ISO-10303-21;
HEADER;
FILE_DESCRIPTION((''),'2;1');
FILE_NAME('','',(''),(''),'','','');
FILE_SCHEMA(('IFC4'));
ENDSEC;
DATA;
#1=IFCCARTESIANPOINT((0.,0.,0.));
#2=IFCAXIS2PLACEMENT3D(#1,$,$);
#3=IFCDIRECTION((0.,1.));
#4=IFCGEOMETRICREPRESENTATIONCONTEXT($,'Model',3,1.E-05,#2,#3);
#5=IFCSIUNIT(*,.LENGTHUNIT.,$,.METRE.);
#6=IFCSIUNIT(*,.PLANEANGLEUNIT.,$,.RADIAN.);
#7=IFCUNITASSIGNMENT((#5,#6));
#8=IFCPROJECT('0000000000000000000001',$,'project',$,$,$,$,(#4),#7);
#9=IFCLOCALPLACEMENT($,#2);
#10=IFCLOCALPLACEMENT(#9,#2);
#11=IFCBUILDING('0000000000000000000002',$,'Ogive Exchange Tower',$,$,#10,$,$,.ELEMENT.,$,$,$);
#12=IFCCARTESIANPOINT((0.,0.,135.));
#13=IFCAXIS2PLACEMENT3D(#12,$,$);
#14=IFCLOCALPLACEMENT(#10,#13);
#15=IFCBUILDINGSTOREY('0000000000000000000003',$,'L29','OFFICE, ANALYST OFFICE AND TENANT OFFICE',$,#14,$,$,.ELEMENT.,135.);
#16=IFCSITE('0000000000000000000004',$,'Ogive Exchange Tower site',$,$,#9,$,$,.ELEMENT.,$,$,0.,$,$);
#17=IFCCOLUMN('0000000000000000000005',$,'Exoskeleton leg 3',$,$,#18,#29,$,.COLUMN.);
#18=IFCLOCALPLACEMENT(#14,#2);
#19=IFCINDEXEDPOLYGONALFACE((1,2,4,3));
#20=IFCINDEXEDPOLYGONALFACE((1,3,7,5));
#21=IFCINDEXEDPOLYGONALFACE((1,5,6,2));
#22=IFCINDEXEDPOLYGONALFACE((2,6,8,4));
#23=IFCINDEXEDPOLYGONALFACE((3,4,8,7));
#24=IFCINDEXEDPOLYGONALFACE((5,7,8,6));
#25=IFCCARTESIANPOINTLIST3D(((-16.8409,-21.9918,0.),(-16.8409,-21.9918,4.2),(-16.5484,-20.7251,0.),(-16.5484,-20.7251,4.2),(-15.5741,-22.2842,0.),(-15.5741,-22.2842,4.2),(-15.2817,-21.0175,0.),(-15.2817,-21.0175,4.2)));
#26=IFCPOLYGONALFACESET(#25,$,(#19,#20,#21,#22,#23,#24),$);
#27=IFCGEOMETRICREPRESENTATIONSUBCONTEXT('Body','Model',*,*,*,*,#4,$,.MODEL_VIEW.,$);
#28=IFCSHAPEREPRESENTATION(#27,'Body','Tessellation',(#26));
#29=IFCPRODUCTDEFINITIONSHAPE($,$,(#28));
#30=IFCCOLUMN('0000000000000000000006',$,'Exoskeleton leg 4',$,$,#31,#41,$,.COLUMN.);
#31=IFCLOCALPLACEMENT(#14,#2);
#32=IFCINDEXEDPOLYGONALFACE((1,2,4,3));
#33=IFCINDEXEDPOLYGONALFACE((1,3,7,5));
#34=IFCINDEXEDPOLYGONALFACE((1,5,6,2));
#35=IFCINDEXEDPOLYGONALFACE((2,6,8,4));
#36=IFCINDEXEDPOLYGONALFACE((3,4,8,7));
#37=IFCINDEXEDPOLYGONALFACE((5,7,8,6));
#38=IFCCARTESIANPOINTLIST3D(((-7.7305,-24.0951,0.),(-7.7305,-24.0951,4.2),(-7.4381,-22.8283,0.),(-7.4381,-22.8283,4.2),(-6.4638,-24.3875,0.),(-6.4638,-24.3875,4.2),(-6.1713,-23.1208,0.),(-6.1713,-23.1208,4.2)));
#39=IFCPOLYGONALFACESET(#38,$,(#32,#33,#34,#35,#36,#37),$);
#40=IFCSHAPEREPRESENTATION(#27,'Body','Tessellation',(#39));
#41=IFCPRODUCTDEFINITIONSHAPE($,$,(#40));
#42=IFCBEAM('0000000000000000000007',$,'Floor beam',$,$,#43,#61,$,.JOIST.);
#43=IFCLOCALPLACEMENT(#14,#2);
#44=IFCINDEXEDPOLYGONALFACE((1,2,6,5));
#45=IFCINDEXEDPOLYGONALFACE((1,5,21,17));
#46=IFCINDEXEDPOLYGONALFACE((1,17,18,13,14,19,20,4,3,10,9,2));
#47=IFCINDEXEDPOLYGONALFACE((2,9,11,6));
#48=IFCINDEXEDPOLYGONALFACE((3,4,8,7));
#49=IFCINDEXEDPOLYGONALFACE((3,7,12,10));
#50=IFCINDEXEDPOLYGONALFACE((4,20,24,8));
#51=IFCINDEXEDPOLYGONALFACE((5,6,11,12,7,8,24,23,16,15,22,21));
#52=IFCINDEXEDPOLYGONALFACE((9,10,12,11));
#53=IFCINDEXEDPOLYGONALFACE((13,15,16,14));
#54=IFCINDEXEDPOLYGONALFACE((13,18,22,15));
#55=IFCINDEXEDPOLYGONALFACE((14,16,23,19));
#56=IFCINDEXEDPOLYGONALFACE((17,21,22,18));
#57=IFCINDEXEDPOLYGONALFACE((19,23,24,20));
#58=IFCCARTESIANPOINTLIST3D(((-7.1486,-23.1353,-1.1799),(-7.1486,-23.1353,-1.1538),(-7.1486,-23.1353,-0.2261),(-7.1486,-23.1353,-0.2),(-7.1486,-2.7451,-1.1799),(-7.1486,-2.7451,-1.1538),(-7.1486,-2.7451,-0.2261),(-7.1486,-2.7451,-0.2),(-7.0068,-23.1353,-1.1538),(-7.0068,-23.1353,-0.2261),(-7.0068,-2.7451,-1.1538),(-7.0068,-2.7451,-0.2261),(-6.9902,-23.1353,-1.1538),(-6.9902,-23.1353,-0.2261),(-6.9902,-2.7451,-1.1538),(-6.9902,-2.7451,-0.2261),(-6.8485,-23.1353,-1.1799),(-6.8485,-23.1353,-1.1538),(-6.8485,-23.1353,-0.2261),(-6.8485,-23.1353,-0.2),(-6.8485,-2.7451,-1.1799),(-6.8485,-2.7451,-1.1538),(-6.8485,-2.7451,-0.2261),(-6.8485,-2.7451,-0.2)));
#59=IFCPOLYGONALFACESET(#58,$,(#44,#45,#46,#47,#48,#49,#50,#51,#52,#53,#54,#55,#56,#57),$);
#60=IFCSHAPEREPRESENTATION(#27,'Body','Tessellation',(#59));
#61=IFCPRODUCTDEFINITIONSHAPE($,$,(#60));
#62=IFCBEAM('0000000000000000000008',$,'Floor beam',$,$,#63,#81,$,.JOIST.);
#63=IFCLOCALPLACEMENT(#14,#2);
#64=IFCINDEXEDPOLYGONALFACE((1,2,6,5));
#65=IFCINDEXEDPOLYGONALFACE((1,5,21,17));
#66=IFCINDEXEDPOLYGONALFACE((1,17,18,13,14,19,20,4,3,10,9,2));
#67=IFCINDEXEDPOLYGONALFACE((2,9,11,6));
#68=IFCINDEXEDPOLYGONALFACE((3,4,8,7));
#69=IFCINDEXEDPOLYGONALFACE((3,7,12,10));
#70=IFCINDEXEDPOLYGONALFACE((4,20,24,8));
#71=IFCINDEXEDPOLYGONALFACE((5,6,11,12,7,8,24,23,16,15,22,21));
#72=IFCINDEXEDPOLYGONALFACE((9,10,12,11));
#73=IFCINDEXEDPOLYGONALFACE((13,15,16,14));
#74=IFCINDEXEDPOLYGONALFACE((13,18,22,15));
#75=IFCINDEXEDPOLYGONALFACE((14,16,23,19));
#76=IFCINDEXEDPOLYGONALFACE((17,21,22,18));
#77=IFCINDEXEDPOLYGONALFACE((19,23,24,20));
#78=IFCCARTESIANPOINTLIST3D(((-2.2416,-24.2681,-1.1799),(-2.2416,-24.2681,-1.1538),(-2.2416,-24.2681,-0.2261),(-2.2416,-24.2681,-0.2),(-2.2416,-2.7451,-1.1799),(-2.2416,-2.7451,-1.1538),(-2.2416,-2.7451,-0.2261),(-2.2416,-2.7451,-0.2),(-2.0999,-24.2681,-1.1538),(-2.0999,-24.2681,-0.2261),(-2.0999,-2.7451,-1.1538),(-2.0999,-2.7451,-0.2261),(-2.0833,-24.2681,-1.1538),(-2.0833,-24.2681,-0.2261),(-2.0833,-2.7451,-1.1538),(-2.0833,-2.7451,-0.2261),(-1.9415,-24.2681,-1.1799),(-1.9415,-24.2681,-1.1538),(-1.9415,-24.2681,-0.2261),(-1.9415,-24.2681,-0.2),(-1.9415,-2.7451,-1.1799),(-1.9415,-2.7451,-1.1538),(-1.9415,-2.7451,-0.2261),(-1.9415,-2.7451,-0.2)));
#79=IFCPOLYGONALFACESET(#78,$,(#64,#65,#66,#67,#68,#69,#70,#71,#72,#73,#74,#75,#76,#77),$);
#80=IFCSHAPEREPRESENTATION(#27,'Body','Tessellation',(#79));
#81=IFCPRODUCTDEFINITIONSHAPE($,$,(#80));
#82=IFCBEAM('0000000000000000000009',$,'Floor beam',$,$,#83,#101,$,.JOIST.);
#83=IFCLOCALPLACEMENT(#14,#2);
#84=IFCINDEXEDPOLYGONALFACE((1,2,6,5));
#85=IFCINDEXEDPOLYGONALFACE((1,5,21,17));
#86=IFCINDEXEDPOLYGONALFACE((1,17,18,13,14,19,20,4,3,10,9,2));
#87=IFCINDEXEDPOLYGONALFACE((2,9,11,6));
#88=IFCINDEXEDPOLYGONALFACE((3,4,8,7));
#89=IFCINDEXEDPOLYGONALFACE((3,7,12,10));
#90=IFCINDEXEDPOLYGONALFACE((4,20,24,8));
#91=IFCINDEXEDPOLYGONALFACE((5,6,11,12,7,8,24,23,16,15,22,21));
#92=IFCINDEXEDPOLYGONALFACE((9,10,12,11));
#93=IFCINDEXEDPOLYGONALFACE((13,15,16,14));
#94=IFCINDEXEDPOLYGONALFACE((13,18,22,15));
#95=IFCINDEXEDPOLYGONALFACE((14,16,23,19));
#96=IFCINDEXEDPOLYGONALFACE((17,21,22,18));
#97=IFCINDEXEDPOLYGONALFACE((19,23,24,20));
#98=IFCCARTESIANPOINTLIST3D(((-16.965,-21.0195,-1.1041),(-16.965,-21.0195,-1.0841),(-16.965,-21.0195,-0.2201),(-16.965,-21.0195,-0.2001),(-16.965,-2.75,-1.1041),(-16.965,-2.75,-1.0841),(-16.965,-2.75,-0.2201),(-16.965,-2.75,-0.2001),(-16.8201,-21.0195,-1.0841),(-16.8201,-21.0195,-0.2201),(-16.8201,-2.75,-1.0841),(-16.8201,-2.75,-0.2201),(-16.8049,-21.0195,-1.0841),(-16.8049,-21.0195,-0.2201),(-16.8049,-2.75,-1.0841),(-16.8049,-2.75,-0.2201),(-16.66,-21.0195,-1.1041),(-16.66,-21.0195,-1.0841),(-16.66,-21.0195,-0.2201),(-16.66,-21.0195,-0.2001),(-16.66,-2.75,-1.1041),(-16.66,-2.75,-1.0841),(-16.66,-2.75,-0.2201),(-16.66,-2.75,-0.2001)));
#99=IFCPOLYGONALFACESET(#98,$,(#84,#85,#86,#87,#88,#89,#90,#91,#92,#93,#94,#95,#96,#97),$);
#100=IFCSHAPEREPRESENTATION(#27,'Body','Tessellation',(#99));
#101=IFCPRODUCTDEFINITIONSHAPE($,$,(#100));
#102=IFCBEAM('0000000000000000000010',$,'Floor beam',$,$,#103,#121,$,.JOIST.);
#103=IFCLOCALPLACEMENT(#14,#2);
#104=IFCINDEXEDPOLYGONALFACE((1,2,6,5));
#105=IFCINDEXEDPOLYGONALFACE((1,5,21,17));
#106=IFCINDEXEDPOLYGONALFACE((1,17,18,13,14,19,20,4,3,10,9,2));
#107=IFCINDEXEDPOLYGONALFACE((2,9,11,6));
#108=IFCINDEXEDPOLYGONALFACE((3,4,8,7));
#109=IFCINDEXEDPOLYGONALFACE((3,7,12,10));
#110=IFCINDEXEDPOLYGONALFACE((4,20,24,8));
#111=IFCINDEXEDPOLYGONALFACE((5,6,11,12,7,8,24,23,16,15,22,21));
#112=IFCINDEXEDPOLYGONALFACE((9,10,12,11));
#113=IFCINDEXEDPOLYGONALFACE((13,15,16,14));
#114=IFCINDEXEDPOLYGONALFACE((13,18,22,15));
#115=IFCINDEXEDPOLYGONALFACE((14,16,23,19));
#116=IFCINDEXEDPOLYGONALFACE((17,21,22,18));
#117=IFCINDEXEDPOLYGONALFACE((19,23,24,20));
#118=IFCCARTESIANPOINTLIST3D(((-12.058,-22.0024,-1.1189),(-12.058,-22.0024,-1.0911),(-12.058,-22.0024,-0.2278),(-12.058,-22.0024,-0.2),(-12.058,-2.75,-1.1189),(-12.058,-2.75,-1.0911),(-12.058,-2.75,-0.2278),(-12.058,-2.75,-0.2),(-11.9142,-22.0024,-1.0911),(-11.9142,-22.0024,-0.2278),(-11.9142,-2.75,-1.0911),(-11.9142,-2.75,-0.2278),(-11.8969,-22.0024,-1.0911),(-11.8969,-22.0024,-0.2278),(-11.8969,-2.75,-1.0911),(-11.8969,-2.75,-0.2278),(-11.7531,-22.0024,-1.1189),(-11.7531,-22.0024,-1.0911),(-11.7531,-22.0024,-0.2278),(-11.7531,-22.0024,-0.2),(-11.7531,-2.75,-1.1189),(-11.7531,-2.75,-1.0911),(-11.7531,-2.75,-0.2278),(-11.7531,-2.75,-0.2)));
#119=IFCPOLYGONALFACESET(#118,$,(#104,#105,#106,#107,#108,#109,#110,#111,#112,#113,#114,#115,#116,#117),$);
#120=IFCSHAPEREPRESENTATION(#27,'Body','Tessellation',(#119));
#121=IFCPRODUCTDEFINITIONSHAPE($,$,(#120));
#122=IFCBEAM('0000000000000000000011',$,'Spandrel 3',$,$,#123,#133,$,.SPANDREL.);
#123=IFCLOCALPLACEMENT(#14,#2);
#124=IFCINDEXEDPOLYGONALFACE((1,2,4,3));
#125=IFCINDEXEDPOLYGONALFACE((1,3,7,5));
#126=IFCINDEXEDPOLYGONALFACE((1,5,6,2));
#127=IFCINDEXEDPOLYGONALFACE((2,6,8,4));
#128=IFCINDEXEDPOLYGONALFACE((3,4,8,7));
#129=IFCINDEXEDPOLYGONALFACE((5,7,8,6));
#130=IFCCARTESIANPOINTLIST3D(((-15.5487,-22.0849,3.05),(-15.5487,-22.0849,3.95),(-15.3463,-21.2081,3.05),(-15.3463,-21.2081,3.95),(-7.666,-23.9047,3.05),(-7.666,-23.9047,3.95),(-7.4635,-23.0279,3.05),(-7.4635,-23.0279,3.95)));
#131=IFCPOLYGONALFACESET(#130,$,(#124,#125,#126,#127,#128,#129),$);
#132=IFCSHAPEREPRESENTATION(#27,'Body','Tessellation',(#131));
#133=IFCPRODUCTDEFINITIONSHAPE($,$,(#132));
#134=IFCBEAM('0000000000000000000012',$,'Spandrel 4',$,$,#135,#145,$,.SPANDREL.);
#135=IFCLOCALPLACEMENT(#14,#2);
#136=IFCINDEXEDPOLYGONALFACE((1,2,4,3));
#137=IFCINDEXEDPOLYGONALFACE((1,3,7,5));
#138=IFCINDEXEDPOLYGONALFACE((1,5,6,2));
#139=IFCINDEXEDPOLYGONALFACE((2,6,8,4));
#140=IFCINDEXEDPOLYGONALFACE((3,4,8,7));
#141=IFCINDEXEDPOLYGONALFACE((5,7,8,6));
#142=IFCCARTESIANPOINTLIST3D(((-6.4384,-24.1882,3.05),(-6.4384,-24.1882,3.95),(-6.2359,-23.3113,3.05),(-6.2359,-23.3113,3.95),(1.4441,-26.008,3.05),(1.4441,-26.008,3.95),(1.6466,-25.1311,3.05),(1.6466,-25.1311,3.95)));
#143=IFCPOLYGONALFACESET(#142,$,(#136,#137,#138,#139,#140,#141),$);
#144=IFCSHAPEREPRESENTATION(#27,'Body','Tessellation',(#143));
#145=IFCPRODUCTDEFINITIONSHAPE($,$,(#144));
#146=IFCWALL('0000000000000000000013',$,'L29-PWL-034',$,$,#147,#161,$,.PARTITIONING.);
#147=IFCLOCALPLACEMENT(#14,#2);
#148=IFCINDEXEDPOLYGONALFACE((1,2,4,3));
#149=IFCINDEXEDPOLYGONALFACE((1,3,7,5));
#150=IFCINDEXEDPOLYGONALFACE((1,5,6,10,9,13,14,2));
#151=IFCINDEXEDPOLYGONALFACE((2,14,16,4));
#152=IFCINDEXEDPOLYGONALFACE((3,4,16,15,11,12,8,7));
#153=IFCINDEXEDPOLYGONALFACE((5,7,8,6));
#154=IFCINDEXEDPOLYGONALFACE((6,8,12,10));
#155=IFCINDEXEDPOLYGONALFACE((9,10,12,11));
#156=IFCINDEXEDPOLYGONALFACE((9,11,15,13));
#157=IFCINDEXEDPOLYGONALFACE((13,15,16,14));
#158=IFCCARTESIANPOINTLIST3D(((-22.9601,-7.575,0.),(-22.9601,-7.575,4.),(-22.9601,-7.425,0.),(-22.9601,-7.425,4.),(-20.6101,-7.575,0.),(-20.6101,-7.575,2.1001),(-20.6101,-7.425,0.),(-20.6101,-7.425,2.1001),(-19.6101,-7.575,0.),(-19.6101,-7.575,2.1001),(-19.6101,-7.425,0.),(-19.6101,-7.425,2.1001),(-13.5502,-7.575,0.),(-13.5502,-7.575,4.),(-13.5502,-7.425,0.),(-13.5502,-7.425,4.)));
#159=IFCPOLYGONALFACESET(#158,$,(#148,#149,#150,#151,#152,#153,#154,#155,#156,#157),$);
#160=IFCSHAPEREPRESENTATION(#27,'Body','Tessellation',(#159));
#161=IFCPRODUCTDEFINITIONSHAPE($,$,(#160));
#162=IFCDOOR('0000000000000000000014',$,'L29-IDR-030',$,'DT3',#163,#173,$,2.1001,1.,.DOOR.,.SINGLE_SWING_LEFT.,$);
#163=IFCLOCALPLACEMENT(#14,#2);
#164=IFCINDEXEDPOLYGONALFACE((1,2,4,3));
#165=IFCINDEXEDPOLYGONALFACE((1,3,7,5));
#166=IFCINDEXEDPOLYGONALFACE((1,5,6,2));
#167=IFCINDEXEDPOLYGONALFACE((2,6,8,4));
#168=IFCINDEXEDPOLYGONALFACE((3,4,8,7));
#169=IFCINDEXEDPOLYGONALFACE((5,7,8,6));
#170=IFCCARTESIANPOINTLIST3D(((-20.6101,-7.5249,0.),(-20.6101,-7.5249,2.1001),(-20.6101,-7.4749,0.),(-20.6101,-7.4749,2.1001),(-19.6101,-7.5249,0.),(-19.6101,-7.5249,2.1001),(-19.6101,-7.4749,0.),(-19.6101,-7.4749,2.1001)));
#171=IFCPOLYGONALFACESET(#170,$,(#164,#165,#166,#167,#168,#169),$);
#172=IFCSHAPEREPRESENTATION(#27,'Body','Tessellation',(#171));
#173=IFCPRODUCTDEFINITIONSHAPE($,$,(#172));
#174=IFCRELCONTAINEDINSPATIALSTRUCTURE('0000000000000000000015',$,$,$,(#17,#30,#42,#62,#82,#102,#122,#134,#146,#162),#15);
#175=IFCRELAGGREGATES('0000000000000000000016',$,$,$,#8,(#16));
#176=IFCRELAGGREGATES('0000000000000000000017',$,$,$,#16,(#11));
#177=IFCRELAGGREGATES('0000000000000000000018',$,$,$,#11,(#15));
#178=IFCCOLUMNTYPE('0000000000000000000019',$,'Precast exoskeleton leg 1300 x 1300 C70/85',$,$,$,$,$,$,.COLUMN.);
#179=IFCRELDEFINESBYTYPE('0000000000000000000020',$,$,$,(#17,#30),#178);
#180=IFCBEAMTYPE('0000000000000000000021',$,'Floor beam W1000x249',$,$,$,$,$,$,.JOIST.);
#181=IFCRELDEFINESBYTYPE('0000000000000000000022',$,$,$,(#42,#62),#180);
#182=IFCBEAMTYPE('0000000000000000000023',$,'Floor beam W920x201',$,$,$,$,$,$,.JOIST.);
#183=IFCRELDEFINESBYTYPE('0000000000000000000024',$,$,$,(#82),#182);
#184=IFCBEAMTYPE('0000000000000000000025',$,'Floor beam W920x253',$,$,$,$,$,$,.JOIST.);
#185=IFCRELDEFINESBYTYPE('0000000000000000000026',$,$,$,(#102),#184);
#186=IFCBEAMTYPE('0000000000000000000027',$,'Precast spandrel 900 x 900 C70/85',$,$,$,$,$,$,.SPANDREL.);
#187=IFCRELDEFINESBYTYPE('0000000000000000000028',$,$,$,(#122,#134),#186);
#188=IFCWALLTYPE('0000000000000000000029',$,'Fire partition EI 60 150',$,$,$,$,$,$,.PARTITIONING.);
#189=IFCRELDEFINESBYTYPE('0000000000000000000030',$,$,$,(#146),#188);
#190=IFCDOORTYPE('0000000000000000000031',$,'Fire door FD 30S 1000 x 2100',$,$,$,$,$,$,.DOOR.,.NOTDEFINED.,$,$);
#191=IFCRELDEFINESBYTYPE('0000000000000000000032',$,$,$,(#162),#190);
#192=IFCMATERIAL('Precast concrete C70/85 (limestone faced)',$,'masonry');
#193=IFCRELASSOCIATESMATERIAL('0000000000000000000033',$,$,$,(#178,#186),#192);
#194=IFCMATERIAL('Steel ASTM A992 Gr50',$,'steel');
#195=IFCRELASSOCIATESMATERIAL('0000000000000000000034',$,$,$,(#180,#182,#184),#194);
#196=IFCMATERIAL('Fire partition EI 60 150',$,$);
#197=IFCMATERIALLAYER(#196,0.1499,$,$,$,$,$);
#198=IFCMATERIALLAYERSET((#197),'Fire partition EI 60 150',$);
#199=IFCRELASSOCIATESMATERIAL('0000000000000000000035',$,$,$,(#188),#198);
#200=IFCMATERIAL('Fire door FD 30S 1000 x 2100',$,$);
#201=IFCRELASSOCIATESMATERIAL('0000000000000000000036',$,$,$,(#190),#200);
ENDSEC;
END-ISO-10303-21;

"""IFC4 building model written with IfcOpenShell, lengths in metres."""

from ifc_helpers import new_model, si_unit, direction, frame, frame_2d, origin, origin_2d, place, context, subcontext, project, spatial, rectangle, i_section, extrude, material, layer, layer_set, material_profile, profile_set, type_object, element, fill, save


model = new_model("IFC4")

# Units and contexts
model_context = context("Model", 3, precision=1e-05, world=origin(), true_north=direction((0.0, 1.0)))
body_context = subcontext(model_context, "Body", "Model", "MODEL_VIEW")
ifc_project = project(units=[si_unit("LENGTHUNIT", "METRE"), si_unit("PLANEANGLEUNIT", "RADIAN")], contexts=[model_context])

# Site, building, storey
site_placement = place(None, origin())
site = spatial("IfcSite", under=ifc_project, at=site_placement, Name="Ogive Exchange Tower site", CompositionType="ELEMENT", RefElevation=0.0)
building_placement = place(site_placement, origin())
building = spatial("IfcBuilding", under=site, at=building_placement, Name="Ogive Exchange Tower", CompositionType="ELEMENT")
storey_placement = place(building_placement, frame((0.0, 0.0, 135.0)))
storey = spatial("IfcBuildingStorey", under=building, at=storey_placement, Name="L29", Description="OFFICE, ANALYST OFFICE AND TENANT OFFICE", CompositionType="ELEMENT", Elevation=135.0)

# Columns
ifc_material_1 = material(Name="Precast concrete C70/85 (limestone faced)", Category="masonry")
ifc_material_profile_1 = material_profile(ifc_material_1, rectangle(XDim=1.3, YDim=1.3, at=origin_2d()), Name="1300 x 1300")
ifc_profile_set_1 = profile_set([ifc_material_profile_1], Name="Precast concrete C70/85 (limestone faced)")
column_type = type_object("IfcColumnType", Name="Precast exoskeleton leg 1300 x 1300 C70/85", PredefinedType="COLUMN", material=ifc_profile_set_1)
for number, where, z_axis, x_axis, name in (
    (1, (-16.0613, -21.5046, 0.0), (0.0, 0.0, 1.0), (0.97437, -0.224951, 0.0), "Exoskeleton leg 3"),
    (2, (-6.9509, -23.6079, 0.0), (0.0, 0.0, 1.0), (0.97437, -0.224951, 0.0), "Exoskeleton leg 4"),
):
    element("IfcColumn", number, at=place(storey_placement, frame(where, z_axis=z_axis, x_axis=x_axis)), inside=storey, type_object=column_type, Name=name, PredefinedType="COLUMN", context=body_context, shape_type="SweptSolid", body=[
        extrude(rectangle(XDim=1.3, YDim=1.3, at=origin_2d()), origin(), (0.0, 0.0, 1.0), 4.2),
    ])

# Beams
ifc_material_2 = material(Name="Steel ASTM A992 Gr50", Category="steel")
ifc_material_profile_2 = material_profile(ifc_material_2, i_section(OverallWidth=0.3, OverallDepth=0.98, WebThickness=0.0166, FlangeThickness=0.0261, at=origin_2d()), Name="W1000x249")
ifc_profile_set_2 = profile_set([ifc_material_profile_2], Name="Steel ASTM A992 Gr50")
beam_type_1 = type_object("IfcBeamType", Name="Floor beam W1000x249", PredefinedType="JOIST", material=ifc_profile_set_2)
beam_1_placement = place(storey_placement, frame((-6.9985, -23.1353, -0.6899), z_axis=(0.0, 1.0, 0.0), x_axis=(-1.0, 0.0, 0.0)))
element("IfcBeam", 3, at=beam_1_placement, inside=storey, type_object=beam_type_1, Name="Floor beam", PredefinedType="JOIST", context=body_context, shape_type="SweptSolid", body=[
    extrude(i_section(OverallWidth=0.3, OverallDepth=0.98, WebThickness=0.0166, FlangeThickness=0.0261, at=origin_2d()), origin(), (0.0, 0.0, 1.0), 20.3901),
])
beam_2_placement = place(storey_placement, frame((-2.0916, -24.2681, -0.6899), z_axis=(0.0, 1.0, 0.0), x_axis=(-1.0, 0.0, 0.0)))
element("IfcBeam", 4, at=beam_2_placement, inside=storey, type_object=beam_type_1, Name="Floor beam", PredefinedType="JOIST", context=body_context, shape_type="SweptSolid", body=[
    extrude(i_section(OverallWidth=0.3, OverallDepth=0.98, WebThickness=0.0166, FlangeThickness=0.0261, at=origin_2d()), origin(), (0.0, 0.0, 1.0), 21.5229),
])
ifc_material_profile_3 = material_profile(ifc_material_2, i_section(OverallWidth=0.3049, OverallDepth=0.9041, WebThickness=0.0151, FlangeThickness=0.02, at=origin_2d()), Name="W920x201")
ifc_profile_set_3 = profile_set([ifc_material_profile_3], Name="Steel ASTM A992 Gr50")
beam_type_2 = type_object("IfcBeamType", Name="Floor beam W920x201", PredefinedType="JOIST", material=ifc_profile_set_3)
beam_3_placement = place(storey_placement, frame((-16.8125, -21.0195, -0.6521), z_axis=(0.0, 1.0, 0.0), x_axis=(-1.0, 0.0, 0.0)))
element("IfcBeam", 5, at=beam_3_placement, inside=storey, type_object=beam_type_2, Name="Floor beam", PredefinedType="JOIST", context=body_context, shape_type="SweptSolid", body=[
    extrude(i_section(OverallWidth=0.3049, OverallDepth=0.9041, WebThickness=0.0151, FlangeThickness=0.02, at=origin_2d()), origin(), (0.0, 0.0, 1.0), 18.2695),
])
ifc_material_profile_4 = material_profile(ifc_material_2, i_section(OverallWidth=0.3049, OverallDepth=0.9189, WebThickness=0.0173, FlangeThickness=0.0278, at=origin_2d()), Name="W920x253")
ifc_profile_set_4 = profile_set([ifc_material_profile_4], Name="Steel ASTM A992 Gr50")
beam_type_3 = type_object("IfcBeamType", Name="Floor beam W920x253", PredefinedType="JOIST", material=ifc_profile_set_4)
beam_4_placement = place(storey_placement, frame((-11.9055, -22.0024, -0.6594), z_axis=(0.0, 1.0, 0.0), x_axis=(-1.0, 0.0, 0.0)))
element("IfcBeam", 6, at=beam_4_placement, inside=storey, type_object=beam_type_3, Name="Floor beam", PredefinedType="JOIST", context=body_context, shape_type="SweptSolid", body=[
    extrude(i_section(OverallWidth=0.3049, OverallDepth=0.9189, WebThickness=0.0173, FlangeThickness=0.0278, at=origin_2d()), origin(), (0.0, 0.0, 1.0), 19.2524),
])
ifc_material_profile_5 = material_profile(ifc_material_1, rectangle(XDim=0.8999, YDim=0.8999, at=origin_2d()), Name="900 x 900")
ifc_profile_set_5 = profile_set([ifc_material_profile_5], Name="Precast concrete C70/85 (limestone faced)")
beam_type_4 = type_object("IfcBeamType", Name="Precast spandrel 900 x 900 C70/85", PredefinedType="SPANDREL", material=ifc_profile_set_5)
beam_5_placement = place(storey_placement, frame((-15.4475, -21.6465, 3.5), z_axis=(0.974372, -0.224943, 0.0), x_axis=(0.224943, 0.974372, 0.0)))
element("IfcBeam", 7, at=beam_5_placement, inside=storey, type_object=beam_type_4, Name="Spandrel 3", PredefinedType="SPANDREL", context=body_context, shape_type="SweptSolid", body=[
    extrude(rectangle(XDim=0.8999, YDim=0.8999, at=origin_2d()), origin(), (0.0, 0.0, 1.0), 8.0901),
])
beam_6_placement = place(storey_placement, frame((-6.3372, -23.7498, 3.5), z_axis=(0.97437, -0.22495, 0.0), x_axis=(0.22495, 0.97437, 0.0)))
element("IfcBeam", 8, at=beam_6_placement, inside=storey, type_object=beam_type_4, Name="Spandrel 4", PredefinedType="SPANDREL", context=body_context, shape_type="SweptSolid", body=[
    extrude(rectangle(XDim=0.8999, YDim=0.8999, at=origin_2d()), origin(), (0.0, 0.0, 1.0), 8.0898),
])

# Wall, opening, door
ifc_material_3 = material(Name="Fire partition EI 60 150")
ifc_layer_1 = layer(ifc_material_3, 0.1499)
ifc_layer_set_1 = layer_set([ifc_layer_1], Name="Fire partition EI 60 150")
wall_type_1 = type_object("IfcWallType", Name="Fire partition EI 60 150", PredefinedType="PARTITIONING", material=ifc_layer_set_1)
wall_1_placement = place(storey_placement, frame((-13.55, -7.5, 0.0), z_axis=(0.0, 0.0, 1.0), x_axis=(-1.0, 0.0, 0.0)))
wall_1 = element("IfcWall", 9, at=wall_1_placement, inside=storey, type_object=wall_type_1, Name="L29-PWL-034", PredefinedType="PARTITIONING", context=body_context, shape_type="SweptSolid", body=[
    extrude(rectangle(XDim=9.4099, YDim=0.1499, at=frame_2d((4.7051, 0.0))), origin(), (0.0, 0.0, 1.0), 4.0),
])
opening_1_placement = place(wall_1_placement, frame((6.0601, 0.0, 0.0)))
opening_1 = element("IfcOpeningElement", 10, at=opening_1_placement, cuts=wall_1, PredefinedType="OPENING", context=body_context, shape_type="SweptSolid", body=[
    extrude(rectangle(XDim=1.0, YDim=2.1001, at=frame_2d((0.5, 1.05))), frame((0.0, 0.085, 0.0), z_axis=(0.0, -1.0, 0.0), x_axis=(1.0, 0.0, 0.0)), (0.0, 0.0, 1.0), 0.1699),
])
ifc_material_4 = material(Name="Fire door FD 30S 1000 x 2100")
door_type_1 = type_object("IfcDoorType", Name="Fire door FD 30S 1000 x 2100", OperationType="NOTDEFINED", PredefinedType="DOOR", material=ifc_material_4)
door_1_placement = place(opening_1_placement, origin())
door_1 = element("IfcDoor", 11, at=door_1_placement, inside=storey, type_object=door_type_1, Name="L29-IDR-030", ObjectType="DT3", OperationType="SINGLE_SWING_LEFT", OverallHeight=2.1001, OverallWidth=1.0, PredefinedType="DOOR", context=body_context, shape_type="SweptSolid", body=[
    extrude(rectangle(XDim=1.0, YDim=2.1001, at=frame_2d((0.5, 1.05))), frame((0.0, 0.0249, 0.0), z_axis=(0.0, -1.0, 0.0), x_axis=(1.0, 0.0, 0.0)), (0.0, 0.0, 1.0), 0.05),
])
fill(opening_1, door_1)

save(model, "model.ifc")
